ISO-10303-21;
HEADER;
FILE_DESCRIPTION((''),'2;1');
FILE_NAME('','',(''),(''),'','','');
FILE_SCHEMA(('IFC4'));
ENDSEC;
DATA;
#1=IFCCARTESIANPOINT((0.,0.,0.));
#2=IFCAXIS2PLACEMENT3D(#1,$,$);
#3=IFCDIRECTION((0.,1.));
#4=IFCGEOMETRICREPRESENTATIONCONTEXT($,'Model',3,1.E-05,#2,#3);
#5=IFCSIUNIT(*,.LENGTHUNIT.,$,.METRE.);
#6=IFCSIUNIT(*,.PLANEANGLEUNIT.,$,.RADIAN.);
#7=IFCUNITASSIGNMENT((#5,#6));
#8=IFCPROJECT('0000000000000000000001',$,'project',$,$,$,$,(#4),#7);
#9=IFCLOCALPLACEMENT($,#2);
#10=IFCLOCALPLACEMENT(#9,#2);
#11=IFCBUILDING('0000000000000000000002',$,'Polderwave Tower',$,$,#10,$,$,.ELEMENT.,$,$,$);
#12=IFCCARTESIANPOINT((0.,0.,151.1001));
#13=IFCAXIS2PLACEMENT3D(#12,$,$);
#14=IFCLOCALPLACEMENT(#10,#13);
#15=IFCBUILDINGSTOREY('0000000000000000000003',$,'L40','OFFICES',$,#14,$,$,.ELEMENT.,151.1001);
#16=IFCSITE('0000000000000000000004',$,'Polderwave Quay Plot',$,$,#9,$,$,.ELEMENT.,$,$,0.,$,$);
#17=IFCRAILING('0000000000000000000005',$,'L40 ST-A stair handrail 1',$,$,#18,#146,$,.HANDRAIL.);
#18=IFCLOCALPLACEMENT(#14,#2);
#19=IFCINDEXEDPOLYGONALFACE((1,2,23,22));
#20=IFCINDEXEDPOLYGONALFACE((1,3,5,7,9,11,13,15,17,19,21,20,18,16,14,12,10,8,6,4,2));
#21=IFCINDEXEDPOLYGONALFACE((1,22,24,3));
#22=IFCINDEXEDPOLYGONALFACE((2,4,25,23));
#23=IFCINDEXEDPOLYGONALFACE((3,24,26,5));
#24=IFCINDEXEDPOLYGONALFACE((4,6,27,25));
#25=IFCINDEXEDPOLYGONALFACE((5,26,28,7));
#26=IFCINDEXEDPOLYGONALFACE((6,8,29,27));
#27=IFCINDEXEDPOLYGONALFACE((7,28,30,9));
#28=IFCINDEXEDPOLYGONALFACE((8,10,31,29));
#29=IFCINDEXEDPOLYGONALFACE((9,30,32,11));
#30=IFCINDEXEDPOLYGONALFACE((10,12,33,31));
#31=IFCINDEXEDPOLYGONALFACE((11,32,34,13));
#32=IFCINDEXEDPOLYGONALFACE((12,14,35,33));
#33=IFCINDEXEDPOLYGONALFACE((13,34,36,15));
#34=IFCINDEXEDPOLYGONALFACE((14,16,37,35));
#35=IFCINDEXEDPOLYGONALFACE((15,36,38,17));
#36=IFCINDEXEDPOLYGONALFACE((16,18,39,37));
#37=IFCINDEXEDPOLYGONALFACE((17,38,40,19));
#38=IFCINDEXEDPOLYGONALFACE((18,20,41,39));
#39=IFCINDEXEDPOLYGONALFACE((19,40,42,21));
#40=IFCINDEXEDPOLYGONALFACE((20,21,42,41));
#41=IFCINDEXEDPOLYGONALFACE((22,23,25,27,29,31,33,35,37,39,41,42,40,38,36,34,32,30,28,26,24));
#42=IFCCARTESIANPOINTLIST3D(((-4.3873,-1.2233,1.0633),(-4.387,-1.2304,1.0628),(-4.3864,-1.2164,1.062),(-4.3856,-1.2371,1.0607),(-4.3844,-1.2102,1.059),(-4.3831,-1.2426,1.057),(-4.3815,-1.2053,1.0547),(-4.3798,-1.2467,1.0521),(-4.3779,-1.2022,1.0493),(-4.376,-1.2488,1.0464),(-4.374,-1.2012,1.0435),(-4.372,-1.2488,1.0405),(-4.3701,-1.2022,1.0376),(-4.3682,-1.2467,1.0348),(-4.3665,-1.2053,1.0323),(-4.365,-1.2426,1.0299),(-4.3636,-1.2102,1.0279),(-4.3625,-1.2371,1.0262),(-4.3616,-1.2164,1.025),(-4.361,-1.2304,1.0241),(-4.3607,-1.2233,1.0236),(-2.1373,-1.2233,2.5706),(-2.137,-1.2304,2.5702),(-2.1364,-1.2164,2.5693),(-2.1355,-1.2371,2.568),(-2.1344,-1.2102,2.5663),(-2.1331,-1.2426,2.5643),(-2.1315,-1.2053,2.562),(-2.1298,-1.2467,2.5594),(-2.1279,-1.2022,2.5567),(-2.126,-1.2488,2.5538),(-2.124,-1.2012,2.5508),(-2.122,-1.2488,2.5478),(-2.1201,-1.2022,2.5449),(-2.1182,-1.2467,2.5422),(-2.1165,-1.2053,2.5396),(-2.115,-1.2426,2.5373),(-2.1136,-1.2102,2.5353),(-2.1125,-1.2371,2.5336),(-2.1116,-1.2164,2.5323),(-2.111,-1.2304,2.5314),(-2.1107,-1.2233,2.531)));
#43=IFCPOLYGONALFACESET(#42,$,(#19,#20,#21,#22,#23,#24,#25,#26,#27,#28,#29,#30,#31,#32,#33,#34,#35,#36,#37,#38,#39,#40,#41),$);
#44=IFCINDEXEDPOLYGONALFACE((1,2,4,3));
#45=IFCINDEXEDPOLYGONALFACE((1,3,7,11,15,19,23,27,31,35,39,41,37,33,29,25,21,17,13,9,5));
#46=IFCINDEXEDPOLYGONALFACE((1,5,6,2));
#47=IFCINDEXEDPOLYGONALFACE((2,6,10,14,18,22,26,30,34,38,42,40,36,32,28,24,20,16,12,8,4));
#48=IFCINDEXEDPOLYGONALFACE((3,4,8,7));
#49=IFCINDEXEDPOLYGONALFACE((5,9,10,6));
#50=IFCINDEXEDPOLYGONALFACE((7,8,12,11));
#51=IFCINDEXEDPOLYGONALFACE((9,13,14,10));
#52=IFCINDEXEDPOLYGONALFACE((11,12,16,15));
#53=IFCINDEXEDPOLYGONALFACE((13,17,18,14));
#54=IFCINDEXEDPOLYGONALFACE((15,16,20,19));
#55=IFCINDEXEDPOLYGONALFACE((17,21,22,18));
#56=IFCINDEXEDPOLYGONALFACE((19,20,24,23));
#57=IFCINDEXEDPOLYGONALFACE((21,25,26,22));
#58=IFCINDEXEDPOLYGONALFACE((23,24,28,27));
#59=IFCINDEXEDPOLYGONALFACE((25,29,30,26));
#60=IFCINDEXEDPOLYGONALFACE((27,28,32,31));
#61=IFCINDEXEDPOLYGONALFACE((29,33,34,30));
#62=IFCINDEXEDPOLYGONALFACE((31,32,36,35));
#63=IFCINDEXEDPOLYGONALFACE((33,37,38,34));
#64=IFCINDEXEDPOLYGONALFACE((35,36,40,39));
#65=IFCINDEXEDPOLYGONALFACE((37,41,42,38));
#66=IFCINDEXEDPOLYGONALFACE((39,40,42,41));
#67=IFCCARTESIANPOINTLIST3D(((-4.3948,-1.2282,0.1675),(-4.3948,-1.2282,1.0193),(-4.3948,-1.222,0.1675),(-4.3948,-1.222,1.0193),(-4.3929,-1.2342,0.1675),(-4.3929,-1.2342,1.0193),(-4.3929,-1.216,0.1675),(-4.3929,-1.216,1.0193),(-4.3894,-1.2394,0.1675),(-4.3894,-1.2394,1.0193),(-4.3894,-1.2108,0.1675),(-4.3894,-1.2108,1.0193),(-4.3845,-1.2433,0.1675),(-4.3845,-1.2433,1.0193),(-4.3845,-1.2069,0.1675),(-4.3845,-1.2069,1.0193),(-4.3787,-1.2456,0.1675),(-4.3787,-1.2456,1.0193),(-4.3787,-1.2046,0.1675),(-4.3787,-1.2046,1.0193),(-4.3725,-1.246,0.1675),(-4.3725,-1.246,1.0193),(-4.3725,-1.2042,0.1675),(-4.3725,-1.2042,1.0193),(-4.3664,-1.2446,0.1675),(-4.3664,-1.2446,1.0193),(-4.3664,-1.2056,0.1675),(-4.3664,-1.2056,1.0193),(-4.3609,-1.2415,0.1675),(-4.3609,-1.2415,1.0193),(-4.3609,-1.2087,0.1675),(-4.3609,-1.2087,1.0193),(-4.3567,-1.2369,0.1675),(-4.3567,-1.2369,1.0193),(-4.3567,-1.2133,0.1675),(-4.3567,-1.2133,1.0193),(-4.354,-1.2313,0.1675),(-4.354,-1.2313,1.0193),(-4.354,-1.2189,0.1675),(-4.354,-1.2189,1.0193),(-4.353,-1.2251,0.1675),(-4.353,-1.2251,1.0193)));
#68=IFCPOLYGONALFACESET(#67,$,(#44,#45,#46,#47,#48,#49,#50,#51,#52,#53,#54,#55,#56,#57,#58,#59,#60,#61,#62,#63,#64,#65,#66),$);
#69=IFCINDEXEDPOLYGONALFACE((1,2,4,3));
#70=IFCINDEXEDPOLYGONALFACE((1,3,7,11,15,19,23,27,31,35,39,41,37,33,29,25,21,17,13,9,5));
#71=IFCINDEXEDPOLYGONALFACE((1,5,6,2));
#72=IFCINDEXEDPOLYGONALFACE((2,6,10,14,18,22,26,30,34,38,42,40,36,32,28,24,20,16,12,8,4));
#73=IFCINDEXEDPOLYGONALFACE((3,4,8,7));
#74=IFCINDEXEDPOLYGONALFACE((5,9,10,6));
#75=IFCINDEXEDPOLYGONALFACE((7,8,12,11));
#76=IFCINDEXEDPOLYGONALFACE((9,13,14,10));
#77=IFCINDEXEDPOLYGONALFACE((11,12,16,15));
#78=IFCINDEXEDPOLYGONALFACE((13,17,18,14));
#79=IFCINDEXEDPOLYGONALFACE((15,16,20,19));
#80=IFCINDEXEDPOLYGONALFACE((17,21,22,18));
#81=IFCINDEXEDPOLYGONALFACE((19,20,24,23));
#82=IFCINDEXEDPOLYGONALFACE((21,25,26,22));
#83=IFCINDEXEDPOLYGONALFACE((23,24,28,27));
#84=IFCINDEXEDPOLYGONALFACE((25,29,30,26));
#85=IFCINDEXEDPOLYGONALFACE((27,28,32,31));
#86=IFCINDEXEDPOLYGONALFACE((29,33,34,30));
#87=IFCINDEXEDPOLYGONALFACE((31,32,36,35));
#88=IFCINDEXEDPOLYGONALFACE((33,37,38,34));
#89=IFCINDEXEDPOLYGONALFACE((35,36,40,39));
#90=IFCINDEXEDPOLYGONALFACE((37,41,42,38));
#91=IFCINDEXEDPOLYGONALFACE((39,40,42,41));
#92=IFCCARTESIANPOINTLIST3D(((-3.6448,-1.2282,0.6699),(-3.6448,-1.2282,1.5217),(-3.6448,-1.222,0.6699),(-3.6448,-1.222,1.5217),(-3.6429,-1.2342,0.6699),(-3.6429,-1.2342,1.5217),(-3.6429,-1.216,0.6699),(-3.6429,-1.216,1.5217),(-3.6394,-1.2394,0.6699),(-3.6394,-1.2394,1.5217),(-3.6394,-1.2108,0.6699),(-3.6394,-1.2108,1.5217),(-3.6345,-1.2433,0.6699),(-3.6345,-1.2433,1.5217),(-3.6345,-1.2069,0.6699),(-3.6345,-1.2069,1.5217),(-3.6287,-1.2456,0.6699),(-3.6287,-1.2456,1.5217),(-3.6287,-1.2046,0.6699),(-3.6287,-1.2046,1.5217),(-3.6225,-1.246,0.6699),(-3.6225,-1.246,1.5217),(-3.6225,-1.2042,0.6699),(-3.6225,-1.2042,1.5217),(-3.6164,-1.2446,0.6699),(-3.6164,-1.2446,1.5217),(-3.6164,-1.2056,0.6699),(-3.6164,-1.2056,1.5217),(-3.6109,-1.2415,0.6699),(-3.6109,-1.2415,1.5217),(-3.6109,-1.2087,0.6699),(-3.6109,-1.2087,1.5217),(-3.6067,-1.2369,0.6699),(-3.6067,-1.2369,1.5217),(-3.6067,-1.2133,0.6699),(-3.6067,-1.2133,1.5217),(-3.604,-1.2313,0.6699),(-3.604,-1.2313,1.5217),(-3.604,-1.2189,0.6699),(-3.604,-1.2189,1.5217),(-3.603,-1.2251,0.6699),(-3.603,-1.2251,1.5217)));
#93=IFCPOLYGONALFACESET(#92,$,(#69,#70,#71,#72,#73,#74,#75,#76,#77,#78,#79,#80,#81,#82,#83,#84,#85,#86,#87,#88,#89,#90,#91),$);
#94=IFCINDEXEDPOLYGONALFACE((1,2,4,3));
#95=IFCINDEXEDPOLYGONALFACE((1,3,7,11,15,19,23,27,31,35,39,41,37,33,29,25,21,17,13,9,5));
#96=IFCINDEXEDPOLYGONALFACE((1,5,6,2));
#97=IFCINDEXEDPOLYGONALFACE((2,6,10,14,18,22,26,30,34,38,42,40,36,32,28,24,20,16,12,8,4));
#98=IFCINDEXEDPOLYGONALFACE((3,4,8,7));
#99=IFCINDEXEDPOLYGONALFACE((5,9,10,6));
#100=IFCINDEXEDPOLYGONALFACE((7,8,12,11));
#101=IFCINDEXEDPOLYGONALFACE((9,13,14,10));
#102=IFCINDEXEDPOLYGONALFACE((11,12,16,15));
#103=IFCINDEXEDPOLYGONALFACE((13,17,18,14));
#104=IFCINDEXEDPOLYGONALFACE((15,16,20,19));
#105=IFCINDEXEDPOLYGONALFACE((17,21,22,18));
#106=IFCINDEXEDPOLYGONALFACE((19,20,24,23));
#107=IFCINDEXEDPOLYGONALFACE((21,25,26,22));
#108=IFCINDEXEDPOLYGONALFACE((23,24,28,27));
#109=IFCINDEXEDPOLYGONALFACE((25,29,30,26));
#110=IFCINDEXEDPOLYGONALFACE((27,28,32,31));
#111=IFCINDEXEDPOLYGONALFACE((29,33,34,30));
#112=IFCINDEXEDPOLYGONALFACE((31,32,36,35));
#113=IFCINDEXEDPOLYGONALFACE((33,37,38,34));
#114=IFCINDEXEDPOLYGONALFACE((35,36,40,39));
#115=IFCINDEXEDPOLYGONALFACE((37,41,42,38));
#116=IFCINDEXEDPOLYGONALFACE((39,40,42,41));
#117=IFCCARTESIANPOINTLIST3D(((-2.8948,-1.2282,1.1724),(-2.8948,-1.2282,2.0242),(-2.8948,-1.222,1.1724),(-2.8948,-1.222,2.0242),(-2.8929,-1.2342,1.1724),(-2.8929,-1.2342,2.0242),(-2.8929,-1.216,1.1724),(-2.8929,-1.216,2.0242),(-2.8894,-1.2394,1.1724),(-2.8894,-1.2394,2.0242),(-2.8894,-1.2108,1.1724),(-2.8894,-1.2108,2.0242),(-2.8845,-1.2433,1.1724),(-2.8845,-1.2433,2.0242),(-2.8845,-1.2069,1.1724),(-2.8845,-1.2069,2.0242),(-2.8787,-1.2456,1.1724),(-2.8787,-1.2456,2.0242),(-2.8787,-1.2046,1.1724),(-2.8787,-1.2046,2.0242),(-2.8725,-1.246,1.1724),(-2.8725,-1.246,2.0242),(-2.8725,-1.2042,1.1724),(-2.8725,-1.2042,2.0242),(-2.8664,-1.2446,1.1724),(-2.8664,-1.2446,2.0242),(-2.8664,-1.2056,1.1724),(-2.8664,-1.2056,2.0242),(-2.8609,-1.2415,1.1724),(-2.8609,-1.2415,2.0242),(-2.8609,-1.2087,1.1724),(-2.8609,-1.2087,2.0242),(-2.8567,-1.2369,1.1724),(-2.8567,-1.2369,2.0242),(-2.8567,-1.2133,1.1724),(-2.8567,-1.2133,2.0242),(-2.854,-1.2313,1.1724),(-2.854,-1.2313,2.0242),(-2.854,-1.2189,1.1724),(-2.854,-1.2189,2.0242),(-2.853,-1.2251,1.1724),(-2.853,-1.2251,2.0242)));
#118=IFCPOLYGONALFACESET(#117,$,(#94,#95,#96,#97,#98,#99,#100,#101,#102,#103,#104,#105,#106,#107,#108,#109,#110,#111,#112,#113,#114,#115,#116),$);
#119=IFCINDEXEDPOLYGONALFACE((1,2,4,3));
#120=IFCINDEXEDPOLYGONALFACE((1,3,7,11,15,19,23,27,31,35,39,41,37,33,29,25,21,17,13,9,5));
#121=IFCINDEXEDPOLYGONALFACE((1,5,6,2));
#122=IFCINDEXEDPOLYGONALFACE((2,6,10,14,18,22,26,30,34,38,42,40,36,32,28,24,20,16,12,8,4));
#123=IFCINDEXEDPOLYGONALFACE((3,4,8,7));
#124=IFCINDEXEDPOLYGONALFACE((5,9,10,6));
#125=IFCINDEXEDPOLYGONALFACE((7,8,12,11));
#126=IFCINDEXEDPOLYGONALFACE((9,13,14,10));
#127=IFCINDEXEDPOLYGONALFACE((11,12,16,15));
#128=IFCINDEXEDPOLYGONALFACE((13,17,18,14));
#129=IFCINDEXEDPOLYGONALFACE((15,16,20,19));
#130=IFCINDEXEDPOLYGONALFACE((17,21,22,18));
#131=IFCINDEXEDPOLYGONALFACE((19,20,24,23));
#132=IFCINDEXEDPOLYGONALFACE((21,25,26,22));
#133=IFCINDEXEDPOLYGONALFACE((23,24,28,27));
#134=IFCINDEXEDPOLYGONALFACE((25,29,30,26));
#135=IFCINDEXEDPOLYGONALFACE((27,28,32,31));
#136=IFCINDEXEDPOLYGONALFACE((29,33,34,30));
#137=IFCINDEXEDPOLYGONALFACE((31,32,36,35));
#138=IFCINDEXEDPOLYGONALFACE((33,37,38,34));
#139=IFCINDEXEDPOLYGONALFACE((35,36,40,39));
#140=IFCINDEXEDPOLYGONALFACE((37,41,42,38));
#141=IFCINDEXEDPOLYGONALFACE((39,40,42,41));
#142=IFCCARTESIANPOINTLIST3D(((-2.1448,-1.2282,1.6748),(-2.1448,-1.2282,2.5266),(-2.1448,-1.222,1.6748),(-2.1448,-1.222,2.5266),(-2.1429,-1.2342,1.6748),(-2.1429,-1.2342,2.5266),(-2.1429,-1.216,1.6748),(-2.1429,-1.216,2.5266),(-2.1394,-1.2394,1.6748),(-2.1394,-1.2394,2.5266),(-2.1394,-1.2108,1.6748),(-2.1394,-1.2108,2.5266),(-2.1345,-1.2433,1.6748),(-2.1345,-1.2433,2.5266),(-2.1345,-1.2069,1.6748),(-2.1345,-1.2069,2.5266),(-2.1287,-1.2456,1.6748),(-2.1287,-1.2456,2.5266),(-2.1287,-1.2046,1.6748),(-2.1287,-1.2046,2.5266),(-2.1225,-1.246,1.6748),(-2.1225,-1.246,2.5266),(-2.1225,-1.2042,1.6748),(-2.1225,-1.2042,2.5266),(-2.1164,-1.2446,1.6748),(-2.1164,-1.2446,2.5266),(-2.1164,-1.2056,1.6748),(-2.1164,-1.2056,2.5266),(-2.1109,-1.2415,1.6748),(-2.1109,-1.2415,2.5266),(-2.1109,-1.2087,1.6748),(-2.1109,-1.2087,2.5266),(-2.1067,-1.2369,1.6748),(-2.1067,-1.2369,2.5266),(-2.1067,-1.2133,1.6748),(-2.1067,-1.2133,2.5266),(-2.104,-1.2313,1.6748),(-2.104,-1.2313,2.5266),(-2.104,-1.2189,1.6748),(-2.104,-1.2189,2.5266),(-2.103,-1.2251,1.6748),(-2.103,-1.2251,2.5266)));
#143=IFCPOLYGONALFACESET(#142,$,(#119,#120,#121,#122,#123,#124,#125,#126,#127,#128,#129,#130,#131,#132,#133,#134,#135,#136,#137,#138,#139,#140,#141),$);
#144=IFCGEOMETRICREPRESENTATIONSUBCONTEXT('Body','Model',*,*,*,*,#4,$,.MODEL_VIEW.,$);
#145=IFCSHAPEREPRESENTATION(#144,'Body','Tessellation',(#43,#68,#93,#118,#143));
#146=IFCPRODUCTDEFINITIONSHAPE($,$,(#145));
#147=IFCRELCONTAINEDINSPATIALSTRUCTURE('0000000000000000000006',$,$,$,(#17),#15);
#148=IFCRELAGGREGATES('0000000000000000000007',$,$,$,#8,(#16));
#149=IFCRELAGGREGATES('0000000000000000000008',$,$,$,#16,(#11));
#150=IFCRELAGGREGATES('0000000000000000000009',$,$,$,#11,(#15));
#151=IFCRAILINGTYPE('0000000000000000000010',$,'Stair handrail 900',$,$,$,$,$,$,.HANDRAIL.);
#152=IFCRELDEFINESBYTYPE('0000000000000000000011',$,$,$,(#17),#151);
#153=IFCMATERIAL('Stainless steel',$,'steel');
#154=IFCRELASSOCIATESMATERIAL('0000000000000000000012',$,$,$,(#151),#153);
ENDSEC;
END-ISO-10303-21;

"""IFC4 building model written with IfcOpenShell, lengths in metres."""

from ifc_helpers import new_model, si_unit, direction, frame, origin, origin_2d, place, context, subcontext, project, spatial, circle, extrude, material, type_object, element, save


model = new_model("IFC4")

# Units and contexts
model_context = context("Model", 3, precision=1e-05, world=origin(), true_north=direction((0.0, 1.0)))
body_context = subcontext(model_context, "Body", "Model", "MODEL_VIEW")
ifc_project = project(units=[si_unit("LENGTHUNIT", "METRE"), si_unit("PLANEANGLEUNIT", "RADIAN")], contexts=[model_context])

# Site, building, storey
site_placement = place(None, origin())
site = spatial("IfcSite", under=ifc_project, at=site_placement, Name="Polderwave Quay Plot", CompositionType="ELEMENT", RefElevation=0.0)
building_placement = place(site_placement, origin())
building = spatial("IfcBuilding", under=site, at=building_placement, Name="Polderwave Tower", CompositionType="ELEMENT")
storey_placement = place(building_placement, frame((0.0, 0.0, 151.1001)))
storey = spatial("IfcBuildingStorey", under=building, at=storey_placement, Name="L40", Description="OFFICES", CompositionType="ELEMENT", Elevation=151.1001)

# Railing
ifc_material_1 = material(Name="Stainless steel", Category="steel")
railing_type_1 = type_object("IfcRailingType", Name="Stair handrail 900", PredefinedType="HANDRAIL", material=ifc_material_1)
railing_1_placement = place(storey_placement, frame((-4.374, -1.2251, 0.1675)))
element("IfcRailing", 1, at=railing_1_placement, inside=storey, type_object=railing_type_1, Name="L40 ST-A stair handrail 1", PredefinedType="HANDRAIL", context=body_context, shape_type="SweptSolid", body=[
    extrude(circle(Radius=0.0239, at=origin_2d()), frame((0.0, 0.0, 0.876), z_axis=(0.8308, 0.0, 0.556571), x_axis=(0.0, 1.0, 0.0)), (0.0, 0.0, 1.0), 2.7083),
    extrude(circle(Radius=0.021, at=origin_2d()), origin(), (0.0, 0.0, 1.0), 0.8518),
    extrude(circle(Radius=0.021, at=origin_2d()), frame((0.75, 0.0, 0.5024)), (0.0, 0.0, 1.0), 0.8518),
    extrude(circle(Radius=0.021, at=origin_2d()), frame((1.5, 0.0, 1.0049)), (0.0, 0.0, 1.0), 0.8518),
    extrude(circle(Radius=0.021, at=origin_2d()), frame((2.25, 0.0, 1.5073)), (0.0, 0.0, 1.0), 0.8518),
])

save(model, "model.ifc")
